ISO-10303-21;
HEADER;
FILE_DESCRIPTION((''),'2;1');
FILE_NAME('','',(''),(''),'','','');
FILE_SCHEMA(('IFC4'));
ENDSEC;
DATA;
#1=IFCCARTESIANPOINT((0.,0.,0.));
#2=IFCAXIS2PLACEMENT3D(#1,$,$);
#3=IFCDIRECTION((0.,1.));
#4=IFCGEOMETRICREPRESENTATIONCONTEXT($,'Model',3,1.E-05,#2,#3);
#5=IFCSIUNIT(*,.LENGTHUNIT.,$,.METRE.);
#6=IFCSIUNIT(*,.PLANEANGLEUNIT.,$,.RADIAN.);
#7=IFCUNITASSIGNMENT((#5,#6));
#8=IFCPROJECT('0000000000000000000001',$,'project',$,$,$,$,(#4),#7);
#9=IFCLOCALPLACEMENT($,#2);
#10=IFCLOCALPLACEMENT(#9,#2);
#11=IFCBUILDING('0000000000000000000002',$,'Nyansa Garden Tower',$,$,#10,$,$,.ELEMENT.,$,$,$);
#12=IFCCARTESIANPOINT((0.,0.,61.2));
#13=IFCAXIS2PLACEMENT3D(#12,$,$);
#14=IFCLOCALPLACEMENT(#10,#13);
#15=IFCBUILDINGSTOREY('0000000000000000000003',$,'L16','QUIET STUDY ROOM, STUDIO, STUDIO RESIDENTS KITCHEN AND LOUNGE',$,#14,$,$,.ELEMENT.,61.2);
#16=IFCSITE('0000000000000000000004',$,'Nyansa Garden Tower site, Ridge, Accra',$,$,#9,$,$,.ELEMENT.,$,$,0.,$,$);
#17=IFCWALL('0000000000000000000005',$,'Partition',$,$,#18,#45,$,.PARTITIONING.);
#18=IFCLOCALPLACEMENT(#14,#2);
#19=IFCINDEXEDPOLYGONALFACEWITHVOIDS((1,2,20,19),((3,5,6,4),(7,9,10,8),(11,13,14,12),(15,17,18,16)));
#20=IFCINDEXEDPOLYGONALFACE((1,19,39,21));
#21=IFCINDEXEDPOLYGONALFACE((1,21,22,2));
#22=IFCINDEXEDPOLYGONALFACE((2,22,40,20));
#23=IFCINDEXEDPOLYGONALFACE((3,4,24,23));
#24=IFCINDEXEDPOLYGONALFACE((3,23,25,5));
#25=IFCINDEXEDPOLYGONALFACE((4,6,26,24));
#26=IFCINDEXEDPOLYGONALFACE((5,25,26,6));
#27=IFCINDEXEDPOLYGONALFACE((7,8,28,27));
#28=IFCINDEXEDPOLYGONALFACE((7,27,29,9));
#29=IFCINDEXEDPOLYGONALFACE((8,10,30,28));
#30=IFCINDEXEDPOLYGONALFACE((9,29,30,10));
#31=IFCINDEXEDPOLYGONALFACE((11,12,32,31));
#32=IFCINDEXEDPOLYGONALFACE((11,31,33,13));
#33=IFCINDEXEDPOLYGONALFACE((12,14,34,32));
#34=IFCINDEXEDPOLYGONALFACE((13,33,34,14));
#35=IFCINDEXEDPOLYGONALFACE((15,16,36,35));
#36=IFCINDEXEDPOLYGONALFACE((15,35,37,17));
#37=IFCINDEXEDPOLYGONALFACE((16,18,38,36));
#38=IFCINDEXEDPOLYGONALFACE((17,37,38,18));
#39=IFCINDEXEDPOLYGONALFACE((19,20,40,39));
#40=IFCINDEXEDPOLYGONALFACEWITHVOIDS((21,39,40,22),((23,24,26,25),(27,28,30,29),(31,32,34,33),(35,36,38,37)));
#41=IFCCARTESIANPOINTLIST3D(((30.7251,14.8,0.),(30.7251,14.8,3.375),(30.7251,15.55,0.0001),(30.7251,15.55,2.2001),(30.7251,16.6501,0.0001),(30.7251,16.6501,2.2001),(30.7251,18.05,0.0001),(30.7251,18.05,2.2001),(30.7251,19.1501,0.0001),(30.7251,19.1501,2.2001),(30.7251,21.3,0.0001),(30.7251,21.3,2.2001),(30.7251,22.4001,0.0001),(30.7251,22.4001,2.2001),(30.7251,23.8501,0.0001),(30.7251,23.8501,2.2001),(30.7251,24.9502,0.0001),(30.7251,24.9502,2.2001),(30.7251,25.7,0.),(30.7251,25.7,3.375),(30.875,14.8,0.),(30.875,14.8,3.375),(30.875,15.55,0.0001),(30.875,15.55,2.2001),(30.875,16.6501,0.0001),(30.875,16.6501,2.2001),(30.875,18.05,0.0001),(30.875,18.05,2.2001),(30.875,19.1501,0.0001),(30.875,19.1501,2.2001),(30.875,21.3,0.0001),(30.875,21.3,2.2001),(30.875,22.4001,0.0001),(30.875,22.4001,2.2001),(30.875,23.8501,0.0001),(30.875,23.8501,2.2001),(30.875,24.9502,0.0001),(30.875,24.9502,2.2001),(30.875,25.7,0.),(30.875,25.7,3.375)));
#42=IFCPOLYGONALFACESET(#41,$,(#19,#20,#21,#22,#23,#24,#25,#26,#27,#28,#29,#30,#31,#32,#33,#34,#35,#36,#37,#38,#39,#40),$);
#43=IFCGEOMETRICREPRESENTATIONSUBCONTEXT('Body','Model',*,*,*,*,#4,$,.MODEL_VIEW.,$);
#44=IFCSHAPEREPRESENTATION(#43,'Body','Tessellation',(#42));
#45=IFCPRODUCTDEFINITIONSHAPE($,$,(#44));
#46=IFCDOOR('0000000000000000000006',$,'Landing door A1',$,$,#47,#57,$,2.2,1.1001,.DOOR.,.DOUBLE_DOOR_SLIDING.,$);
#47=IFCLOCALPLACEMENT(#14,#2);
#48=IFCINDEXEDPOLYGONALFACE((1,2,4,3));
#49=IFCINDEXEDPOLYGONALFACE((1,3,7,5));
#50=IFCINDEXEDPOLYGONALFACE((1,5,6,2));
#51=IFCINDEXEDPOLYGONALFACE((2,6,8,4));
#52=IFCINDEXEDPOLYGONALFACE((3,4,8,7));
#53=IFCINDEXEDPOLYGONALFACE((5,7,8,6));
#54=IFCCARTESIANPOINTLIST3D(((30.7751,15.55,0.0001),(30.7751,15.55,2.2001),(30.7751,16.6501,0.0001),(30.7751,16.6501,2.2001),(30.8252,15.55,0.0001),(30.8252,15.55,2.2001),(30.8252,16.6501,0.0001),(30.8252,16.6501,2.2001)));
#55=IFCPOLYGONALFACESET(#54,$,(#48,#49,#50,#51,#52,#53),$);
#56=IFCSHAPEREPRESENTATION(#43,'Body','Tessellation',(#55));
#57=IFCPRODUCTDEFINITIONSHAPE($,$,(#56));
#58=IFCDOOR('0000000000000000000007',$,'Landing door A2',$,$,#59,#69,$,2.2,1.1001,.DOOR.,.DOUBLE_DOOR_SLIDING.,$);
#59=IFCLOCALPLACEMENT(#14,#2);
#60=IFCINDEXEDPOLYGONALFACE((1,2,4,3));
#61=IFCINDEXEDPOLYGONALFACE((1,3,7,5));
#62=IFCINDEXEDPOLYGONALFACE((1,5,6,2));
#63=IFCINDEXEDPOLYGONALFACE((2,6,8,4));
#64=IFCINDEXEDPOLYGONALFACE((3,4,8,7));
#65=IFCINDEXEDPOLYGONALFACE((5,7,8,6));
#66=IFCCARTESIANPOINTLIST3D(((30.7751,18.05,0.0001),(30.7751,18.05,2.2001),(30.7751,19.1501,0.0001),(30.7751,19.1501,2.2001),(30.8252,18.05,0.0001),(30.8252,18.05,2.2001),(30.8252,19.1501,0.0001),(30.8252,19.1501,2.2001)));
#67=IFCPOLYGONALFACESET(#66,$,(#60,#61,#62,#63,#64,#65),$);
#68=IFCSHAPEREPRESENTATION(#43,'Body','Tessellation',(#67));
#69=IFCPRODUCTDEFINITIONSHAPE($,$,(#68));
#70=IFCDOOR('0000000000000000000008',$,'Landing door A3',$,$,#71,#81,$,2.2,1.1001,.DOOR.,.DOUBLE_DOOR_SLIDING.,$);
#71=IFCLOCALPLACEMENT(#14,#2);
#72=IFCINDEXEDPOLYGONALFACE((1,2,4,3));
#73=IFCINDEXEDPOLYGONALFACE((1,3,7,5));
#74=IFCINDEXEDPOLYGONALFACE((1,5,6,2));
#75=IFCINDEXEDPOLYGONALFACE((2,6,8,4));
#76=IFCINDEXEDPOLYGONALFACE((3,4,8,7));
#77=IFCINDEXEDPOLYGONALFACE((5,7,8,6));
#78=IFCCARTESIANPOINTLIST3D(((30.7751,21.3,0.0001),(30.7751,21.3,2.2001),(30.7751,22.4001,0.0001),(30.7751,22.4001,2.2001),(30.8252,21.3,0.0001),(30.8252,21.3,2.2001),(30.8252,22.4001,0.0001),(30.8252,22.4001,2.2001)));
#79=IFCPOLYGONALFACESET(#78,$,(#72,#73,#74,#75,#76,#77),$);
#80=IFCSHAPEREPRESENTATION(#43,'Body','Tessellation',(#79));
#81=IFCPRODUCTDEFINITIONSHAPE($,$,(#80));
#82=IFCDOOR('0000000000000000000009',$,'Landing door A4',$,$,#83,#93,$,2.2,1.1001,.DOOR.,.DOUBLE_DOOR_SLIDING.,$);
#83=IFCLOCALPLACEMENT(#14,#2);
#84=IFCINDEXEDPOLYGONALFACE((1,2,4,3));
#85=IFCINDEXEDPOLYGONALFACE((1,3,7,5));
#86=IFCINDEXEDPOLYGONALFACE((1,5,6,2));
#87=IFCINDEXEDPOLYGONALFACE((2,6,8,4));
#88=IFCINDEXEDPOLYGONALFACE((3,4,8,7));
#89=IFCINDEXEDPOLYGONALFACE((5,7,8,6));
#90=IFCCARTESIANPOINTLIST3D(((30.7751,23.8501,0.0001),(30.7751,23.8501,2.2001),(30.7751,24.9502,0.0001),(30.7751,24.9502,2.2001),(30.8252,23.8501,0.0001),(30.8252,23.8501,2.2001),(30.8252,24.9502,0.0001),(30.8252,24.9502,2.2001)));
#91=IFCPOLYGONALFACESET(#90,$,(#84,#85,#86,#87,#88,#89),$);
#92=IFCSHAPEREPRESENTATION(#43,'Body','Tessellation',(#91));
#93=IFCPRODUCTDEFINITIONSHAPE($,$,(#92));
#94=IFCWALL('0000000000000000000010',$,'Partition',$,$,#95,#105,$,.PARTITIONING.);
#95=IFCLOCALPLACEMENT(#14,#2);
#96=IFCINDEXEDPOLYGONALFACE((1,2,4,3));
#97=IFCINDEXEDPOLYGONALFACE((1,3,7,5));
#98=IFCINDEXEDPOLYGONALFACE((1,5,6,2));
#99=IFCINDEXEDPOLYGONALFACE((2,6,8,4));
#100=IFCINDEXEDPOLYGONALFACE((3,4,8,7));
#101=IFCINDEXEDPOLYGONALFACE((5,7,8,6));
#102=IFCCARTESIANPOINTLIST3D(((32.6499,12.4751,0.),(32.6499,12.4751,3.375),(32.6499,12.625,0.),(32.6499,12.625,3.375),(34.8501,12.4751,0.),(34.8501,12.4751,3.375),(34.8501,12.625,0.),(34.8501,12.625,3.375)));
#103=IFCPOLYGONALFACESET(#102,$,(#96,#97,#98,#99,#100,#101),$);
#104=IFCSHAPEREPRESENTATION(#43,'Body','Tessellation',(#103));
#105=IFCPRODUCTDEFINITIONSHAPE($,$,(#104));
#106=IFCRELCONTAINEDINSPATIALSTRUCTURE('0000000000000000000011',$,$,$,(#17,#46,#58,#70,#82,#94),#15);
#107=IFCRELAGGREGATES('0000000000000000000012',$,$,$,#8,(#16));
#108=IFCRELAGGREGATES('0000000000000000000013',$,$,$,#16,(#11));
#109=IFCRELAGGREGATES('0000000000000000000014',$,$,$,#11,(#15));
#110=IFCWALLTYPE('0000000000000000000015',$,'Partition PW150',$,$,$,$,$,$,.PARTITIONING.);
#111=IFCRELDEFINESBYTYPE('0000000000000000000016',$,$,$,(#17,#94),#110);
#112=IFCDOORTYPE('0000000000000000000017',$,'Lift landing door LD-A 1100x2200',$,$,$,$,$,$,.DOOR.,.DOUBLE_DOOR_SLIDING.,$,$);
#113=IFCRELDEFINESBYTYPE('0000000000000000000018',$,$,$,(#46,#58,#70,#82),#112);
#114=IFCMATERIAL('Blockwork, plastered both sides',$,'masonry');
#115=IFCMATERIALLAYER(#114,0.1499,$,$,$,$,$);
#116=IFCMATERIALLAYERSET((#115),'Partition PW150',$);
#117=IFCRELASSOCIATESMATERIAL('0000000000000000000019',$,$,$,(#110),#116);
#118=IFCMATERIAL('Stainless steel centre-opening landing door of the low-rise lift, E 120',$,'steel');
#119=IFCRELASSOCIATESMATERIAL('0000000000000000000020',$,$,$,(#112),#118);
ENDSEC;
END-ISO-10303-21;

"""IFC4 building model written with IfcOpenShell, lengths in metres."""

from ifc_helpers import new_model, si_unit, direction, frame, frame_2d, origin, place, context, subcontext, project, spatial, rectangle, extrude, material, layer, layer_set, type_object, element, fill, save


model = new_model("IFC4")

# Units and contexts
model_context = context("Model", 3, precision=1e-05, world=origin(), true_north=direction((0.0, 1.0)))
body_context = subcontext(model_context, "Body", "Model", "MODEL_VIEW")
ifc_project = project(units=[si_unit("LENGTHUNIT", "METRE"), si_unit("PLANEANGLEUNIT", "RADIAN")], contexts=[model_context])

# Site, building, storey
site_placement = place(None, origin())
site = spatial("IfcSite", under=ifc_project, at=site_placement, Name="Nyansa Garden Tower site, Ridge, Accra", CompositionType="ELEMENT", RefElevation=0.0)
building_placement = place(site_placement, origin())
building = spatial("IfcBuilding", under=site, at=building_placement, Name="Nyansa Garden Tower", CompositionType="ELEMENT")
storey_placement = place(building_placement, frame((0.0, 0.0, 61.2)))
storey = spatial("IfcBuildingStorey", under=building, at=storey_placement, Name="L16", Description="QUIET STUDY ROOM, STUDIO, STUDIO RESIDENTS KITCHEN AND LOUNGE", CompositionType="ELEMENT", Elevation=61.2)

# Shared definitions
ifc_material_1 = material(Name="Blockwork, plastered both sides", Category="masonry")
ifc_layer_1 = layer(ifc_material_1, 0.1499)
ifc_layer_set_1 = layer_set([ifc_layer_1], Name="Partition PW150")
wall_type_1 = type_object("IfcWallType", Name="Partition PW150", PredefinedType="PARTITIONING", material=ifc_layer_set_1)

# Wall, openings, doors
wall_1_placement = place(storey_placement, frame((30.8, 14.8, 0.0), z_axis=(0.0, 0.0, 1.0), x_axis=(0.0, 1.0, 0.0)))
wall_1 = element("IfcWall", 1, at=wall_1_placement, inside=storey, type_object=wall_type_1, Name="Partition", PredefinedType="PARTITIONING", context=body_context, shape_type="SweptSolid", body=[
    extrude(rectangle(XDim=10.8999, YDim=0.1499, at=frame_2d((5.45, 0.0))), origin(), (0.0, 0.0, 1.0), 3.375),
])
opening_1_placement = place(wall_1_placement, frame((0.75, 0.0, 0.0)))
opening_1 = element("IfcOpeningElement", 2, at=opening_1_placement, cuts=wall_1, PredefinedType="OPENING", context=body_context, shape_type="SweptSolid", body=[
    extrude(rectangle(XDim=1.1001, YDim=2.2, at=frame_2d((0.55, 1.1001))), frame((0.0, 0.085, 0.0), z_axis=(0.0, -1.0, 0.0), x_axis=(1.0, 0.0, 0.0)), (0.0, 0.0, 1.0), 0.1699),
])
opening_2_placement = place(wall_1_placement, frame((3.25, 0.0, 0.0)))
opening_2 = element("IfcOpeningElement", 3, at=opening_2_placement, cuts=wall_1, PredefinedType="OPENING", context=body_context, shape_type="SweptSolid", body=[
    extrude(rectangle(XDim=1.1001, YDim=2.2, at=frame_2d((0.55, 1.1001))), frame((0.0, 0.085, 0.0), z_axis=(0.0, -1.0, 0.0), x_axis=(1.0, 0.0, 0.0)), (0.0, 0.0, 1.0), 0.1699),
])
opening_3_placement = place(wall_1_placement, frame((6.5, 0.0, 0.0)))
opening_3 = element("IfcOpeningElement", 4, at=opening_3_placement, cuts=wall_1, PredefinedType="OPENING", context=body_context, shape_type="SweptSolid", body=[
    extrude(rectangle(XDim=1.1001, YDim=2.2, at=frame_2d((0.55, 1.1001))), frame((0.0, 0.085, 0.0), z_axis=(0.0, -1.0, 0.0), x_axis=(1.0, 0.0, 0.0)), (0.0, 0.0, 1.0), 0.1699),
])
opening_4_placement = place(wall_1_placement, frame((9.05, 0.0, 0.0)))
opening_4 = element("IfcOpeningElement", 5, at=opening_4_placement, cuts=wall_1, PredefinedType="OPENING", context=body_context, shape_type="SweptSolid", body=[
    extrude(rectangle(XDim=1.1001, YDim=2.2, at=frame_2d((0.55, 1.1001))), frame((0.0, 0.085, 0.0), z_axis=(0.0, -1.0, 0.0), x_axis=(1.0, 0.0, 0.0)), (0.0, 0.0, 1.0), 0.1699),
])
ifc_material_2 = material(Name="Stainless steel centre-opening landing door of the low-rise lift, E 120", Category="steel")
door_type_1 = type_object("IfcDoorType", Name="Lift landing door LD-A 1100x2200", OperationType="DOUBLE_DOOR_SLIDING", PredefinedType="DOOR", material=ifc_material_2)
door_1_placement = place(opening_1_placement, origin())
door_1 = element("IfcDoor", 6, at=door_1_placement, inside=storey, type_object=door_type_1, Name="Landing door A1", OperationType="DOUBLE_DOOR_SLIDING", OverallHeight=2.2, OverallWidth=1.1001, PredefinedType="DOOR", context=body_context, shape_type="SweptSolid", body=[
    extrude(rectangle(XDim=1.1001, YDim=2.2, at=frame_2d((0.55, 1.1001))), frame((0.0, 0.0249, 0.0), z_axis=(0.0, -1.0, 0.0), x_axis=(1.0, 0.0, 0.0)), (0.0, 0.0, 1.0), 0.05),
])
fill(opening_1, door_1)
door_2_placement = place(opening_2_placement, origin())
door_2 = element("IfcDoor", 7, at=door_2_placement, inside=storey, type_object=door_type_1, Name="Landing door A2", OperationType="DOUBLE_DOOR_SLIDING", OverallHeight=2.2, OverallWidth=1.1001, PredefinedType="DOOR", context=body_context, shape_type="SweptSolid", body=[
    extrude(rectangle(XDim=1.1001, YDim=2.2, at=frame_2d((0.55, 1.1001))), frame((0.0, 0.0249, 0.0), z_axis=(0.0, -1.0, 0.0), x_axis=(1.0, 0.0, 0.0)), (0.0, 0.0, 1.0), 0.05),
])
fill(opening_2, door_2)
door_3_placement = place(opening_3_placement, origin())
door_3 = element("IfcDoor", 8, at=door_3_placement, inside=storey, type_object=door_type_1, Name="Landing door A3", OperationType="DOUBLE_DOOR_SLIDING", OverallHeight=2.2, OverallWidth=1.1001, PredefinedType="DOOR", context=body_context, shape_type="SweptSolid", body=[
    extrude(rectangle(XDim=1.1001, YDim=2.2, at=frame_2d((0.55, 1.1001))), frame((0.0, 0.0249, 0.0), z_axis=(0.0, -1.0, 0.0), x_axis=(1.0, 0.0, 0.0)), (0.0, 0.0, 1.0), 0.05),
])
fill(opening_3, door_3)
door_4_placement = place(opening_4_placement, origin())
door_4 = element("IfcDoor", 9, at=door_4_placement, inside=storey, type_object=door_type_1, Name="Landing door A4", OperationType="DOUBLE_DOOR_SLIDING", OverallHeight=2.2, OverallWidth=1.1001, PredefinedType="DOOR", context=body_context, shape_type="SweptSolid", body=[
    extrude(rectangle(XDim=1.1001, YDim=2.2, at=frame_2d((0.55, 1.1001))), frame((0.0, 0.0249, 0.0), z_axis=(0.0, -1.0, 0.0), x_axis=(1.0, 0.0, 0.0)), (0.0, 0.0, 1.0), 0.05),
])
fill(opening_4, door_4)

# Wall
wall_2_placement = place(storey_placement, frame((32.6499, 12.55, 0.0), z_axis=(0.0, 0.0, 1.0), x_axis=(1.0, 0.0, 0.0)))
element("IfcWall", 10, at=wall_2_placement, inside=storey, type_object=wall_type_1, Name="Partition", PredefinedType="PARTITIONING", context=body_context, shape_type="SweptSolid", body=[
    extrude(rectangle(XDim=2.2002, YDim=0.1499, at=frame_2d((1.1001, 0.0))), origin(), (0.0, 0.0, 1.0), 3.375),
])

save(model, "model.ifc")
